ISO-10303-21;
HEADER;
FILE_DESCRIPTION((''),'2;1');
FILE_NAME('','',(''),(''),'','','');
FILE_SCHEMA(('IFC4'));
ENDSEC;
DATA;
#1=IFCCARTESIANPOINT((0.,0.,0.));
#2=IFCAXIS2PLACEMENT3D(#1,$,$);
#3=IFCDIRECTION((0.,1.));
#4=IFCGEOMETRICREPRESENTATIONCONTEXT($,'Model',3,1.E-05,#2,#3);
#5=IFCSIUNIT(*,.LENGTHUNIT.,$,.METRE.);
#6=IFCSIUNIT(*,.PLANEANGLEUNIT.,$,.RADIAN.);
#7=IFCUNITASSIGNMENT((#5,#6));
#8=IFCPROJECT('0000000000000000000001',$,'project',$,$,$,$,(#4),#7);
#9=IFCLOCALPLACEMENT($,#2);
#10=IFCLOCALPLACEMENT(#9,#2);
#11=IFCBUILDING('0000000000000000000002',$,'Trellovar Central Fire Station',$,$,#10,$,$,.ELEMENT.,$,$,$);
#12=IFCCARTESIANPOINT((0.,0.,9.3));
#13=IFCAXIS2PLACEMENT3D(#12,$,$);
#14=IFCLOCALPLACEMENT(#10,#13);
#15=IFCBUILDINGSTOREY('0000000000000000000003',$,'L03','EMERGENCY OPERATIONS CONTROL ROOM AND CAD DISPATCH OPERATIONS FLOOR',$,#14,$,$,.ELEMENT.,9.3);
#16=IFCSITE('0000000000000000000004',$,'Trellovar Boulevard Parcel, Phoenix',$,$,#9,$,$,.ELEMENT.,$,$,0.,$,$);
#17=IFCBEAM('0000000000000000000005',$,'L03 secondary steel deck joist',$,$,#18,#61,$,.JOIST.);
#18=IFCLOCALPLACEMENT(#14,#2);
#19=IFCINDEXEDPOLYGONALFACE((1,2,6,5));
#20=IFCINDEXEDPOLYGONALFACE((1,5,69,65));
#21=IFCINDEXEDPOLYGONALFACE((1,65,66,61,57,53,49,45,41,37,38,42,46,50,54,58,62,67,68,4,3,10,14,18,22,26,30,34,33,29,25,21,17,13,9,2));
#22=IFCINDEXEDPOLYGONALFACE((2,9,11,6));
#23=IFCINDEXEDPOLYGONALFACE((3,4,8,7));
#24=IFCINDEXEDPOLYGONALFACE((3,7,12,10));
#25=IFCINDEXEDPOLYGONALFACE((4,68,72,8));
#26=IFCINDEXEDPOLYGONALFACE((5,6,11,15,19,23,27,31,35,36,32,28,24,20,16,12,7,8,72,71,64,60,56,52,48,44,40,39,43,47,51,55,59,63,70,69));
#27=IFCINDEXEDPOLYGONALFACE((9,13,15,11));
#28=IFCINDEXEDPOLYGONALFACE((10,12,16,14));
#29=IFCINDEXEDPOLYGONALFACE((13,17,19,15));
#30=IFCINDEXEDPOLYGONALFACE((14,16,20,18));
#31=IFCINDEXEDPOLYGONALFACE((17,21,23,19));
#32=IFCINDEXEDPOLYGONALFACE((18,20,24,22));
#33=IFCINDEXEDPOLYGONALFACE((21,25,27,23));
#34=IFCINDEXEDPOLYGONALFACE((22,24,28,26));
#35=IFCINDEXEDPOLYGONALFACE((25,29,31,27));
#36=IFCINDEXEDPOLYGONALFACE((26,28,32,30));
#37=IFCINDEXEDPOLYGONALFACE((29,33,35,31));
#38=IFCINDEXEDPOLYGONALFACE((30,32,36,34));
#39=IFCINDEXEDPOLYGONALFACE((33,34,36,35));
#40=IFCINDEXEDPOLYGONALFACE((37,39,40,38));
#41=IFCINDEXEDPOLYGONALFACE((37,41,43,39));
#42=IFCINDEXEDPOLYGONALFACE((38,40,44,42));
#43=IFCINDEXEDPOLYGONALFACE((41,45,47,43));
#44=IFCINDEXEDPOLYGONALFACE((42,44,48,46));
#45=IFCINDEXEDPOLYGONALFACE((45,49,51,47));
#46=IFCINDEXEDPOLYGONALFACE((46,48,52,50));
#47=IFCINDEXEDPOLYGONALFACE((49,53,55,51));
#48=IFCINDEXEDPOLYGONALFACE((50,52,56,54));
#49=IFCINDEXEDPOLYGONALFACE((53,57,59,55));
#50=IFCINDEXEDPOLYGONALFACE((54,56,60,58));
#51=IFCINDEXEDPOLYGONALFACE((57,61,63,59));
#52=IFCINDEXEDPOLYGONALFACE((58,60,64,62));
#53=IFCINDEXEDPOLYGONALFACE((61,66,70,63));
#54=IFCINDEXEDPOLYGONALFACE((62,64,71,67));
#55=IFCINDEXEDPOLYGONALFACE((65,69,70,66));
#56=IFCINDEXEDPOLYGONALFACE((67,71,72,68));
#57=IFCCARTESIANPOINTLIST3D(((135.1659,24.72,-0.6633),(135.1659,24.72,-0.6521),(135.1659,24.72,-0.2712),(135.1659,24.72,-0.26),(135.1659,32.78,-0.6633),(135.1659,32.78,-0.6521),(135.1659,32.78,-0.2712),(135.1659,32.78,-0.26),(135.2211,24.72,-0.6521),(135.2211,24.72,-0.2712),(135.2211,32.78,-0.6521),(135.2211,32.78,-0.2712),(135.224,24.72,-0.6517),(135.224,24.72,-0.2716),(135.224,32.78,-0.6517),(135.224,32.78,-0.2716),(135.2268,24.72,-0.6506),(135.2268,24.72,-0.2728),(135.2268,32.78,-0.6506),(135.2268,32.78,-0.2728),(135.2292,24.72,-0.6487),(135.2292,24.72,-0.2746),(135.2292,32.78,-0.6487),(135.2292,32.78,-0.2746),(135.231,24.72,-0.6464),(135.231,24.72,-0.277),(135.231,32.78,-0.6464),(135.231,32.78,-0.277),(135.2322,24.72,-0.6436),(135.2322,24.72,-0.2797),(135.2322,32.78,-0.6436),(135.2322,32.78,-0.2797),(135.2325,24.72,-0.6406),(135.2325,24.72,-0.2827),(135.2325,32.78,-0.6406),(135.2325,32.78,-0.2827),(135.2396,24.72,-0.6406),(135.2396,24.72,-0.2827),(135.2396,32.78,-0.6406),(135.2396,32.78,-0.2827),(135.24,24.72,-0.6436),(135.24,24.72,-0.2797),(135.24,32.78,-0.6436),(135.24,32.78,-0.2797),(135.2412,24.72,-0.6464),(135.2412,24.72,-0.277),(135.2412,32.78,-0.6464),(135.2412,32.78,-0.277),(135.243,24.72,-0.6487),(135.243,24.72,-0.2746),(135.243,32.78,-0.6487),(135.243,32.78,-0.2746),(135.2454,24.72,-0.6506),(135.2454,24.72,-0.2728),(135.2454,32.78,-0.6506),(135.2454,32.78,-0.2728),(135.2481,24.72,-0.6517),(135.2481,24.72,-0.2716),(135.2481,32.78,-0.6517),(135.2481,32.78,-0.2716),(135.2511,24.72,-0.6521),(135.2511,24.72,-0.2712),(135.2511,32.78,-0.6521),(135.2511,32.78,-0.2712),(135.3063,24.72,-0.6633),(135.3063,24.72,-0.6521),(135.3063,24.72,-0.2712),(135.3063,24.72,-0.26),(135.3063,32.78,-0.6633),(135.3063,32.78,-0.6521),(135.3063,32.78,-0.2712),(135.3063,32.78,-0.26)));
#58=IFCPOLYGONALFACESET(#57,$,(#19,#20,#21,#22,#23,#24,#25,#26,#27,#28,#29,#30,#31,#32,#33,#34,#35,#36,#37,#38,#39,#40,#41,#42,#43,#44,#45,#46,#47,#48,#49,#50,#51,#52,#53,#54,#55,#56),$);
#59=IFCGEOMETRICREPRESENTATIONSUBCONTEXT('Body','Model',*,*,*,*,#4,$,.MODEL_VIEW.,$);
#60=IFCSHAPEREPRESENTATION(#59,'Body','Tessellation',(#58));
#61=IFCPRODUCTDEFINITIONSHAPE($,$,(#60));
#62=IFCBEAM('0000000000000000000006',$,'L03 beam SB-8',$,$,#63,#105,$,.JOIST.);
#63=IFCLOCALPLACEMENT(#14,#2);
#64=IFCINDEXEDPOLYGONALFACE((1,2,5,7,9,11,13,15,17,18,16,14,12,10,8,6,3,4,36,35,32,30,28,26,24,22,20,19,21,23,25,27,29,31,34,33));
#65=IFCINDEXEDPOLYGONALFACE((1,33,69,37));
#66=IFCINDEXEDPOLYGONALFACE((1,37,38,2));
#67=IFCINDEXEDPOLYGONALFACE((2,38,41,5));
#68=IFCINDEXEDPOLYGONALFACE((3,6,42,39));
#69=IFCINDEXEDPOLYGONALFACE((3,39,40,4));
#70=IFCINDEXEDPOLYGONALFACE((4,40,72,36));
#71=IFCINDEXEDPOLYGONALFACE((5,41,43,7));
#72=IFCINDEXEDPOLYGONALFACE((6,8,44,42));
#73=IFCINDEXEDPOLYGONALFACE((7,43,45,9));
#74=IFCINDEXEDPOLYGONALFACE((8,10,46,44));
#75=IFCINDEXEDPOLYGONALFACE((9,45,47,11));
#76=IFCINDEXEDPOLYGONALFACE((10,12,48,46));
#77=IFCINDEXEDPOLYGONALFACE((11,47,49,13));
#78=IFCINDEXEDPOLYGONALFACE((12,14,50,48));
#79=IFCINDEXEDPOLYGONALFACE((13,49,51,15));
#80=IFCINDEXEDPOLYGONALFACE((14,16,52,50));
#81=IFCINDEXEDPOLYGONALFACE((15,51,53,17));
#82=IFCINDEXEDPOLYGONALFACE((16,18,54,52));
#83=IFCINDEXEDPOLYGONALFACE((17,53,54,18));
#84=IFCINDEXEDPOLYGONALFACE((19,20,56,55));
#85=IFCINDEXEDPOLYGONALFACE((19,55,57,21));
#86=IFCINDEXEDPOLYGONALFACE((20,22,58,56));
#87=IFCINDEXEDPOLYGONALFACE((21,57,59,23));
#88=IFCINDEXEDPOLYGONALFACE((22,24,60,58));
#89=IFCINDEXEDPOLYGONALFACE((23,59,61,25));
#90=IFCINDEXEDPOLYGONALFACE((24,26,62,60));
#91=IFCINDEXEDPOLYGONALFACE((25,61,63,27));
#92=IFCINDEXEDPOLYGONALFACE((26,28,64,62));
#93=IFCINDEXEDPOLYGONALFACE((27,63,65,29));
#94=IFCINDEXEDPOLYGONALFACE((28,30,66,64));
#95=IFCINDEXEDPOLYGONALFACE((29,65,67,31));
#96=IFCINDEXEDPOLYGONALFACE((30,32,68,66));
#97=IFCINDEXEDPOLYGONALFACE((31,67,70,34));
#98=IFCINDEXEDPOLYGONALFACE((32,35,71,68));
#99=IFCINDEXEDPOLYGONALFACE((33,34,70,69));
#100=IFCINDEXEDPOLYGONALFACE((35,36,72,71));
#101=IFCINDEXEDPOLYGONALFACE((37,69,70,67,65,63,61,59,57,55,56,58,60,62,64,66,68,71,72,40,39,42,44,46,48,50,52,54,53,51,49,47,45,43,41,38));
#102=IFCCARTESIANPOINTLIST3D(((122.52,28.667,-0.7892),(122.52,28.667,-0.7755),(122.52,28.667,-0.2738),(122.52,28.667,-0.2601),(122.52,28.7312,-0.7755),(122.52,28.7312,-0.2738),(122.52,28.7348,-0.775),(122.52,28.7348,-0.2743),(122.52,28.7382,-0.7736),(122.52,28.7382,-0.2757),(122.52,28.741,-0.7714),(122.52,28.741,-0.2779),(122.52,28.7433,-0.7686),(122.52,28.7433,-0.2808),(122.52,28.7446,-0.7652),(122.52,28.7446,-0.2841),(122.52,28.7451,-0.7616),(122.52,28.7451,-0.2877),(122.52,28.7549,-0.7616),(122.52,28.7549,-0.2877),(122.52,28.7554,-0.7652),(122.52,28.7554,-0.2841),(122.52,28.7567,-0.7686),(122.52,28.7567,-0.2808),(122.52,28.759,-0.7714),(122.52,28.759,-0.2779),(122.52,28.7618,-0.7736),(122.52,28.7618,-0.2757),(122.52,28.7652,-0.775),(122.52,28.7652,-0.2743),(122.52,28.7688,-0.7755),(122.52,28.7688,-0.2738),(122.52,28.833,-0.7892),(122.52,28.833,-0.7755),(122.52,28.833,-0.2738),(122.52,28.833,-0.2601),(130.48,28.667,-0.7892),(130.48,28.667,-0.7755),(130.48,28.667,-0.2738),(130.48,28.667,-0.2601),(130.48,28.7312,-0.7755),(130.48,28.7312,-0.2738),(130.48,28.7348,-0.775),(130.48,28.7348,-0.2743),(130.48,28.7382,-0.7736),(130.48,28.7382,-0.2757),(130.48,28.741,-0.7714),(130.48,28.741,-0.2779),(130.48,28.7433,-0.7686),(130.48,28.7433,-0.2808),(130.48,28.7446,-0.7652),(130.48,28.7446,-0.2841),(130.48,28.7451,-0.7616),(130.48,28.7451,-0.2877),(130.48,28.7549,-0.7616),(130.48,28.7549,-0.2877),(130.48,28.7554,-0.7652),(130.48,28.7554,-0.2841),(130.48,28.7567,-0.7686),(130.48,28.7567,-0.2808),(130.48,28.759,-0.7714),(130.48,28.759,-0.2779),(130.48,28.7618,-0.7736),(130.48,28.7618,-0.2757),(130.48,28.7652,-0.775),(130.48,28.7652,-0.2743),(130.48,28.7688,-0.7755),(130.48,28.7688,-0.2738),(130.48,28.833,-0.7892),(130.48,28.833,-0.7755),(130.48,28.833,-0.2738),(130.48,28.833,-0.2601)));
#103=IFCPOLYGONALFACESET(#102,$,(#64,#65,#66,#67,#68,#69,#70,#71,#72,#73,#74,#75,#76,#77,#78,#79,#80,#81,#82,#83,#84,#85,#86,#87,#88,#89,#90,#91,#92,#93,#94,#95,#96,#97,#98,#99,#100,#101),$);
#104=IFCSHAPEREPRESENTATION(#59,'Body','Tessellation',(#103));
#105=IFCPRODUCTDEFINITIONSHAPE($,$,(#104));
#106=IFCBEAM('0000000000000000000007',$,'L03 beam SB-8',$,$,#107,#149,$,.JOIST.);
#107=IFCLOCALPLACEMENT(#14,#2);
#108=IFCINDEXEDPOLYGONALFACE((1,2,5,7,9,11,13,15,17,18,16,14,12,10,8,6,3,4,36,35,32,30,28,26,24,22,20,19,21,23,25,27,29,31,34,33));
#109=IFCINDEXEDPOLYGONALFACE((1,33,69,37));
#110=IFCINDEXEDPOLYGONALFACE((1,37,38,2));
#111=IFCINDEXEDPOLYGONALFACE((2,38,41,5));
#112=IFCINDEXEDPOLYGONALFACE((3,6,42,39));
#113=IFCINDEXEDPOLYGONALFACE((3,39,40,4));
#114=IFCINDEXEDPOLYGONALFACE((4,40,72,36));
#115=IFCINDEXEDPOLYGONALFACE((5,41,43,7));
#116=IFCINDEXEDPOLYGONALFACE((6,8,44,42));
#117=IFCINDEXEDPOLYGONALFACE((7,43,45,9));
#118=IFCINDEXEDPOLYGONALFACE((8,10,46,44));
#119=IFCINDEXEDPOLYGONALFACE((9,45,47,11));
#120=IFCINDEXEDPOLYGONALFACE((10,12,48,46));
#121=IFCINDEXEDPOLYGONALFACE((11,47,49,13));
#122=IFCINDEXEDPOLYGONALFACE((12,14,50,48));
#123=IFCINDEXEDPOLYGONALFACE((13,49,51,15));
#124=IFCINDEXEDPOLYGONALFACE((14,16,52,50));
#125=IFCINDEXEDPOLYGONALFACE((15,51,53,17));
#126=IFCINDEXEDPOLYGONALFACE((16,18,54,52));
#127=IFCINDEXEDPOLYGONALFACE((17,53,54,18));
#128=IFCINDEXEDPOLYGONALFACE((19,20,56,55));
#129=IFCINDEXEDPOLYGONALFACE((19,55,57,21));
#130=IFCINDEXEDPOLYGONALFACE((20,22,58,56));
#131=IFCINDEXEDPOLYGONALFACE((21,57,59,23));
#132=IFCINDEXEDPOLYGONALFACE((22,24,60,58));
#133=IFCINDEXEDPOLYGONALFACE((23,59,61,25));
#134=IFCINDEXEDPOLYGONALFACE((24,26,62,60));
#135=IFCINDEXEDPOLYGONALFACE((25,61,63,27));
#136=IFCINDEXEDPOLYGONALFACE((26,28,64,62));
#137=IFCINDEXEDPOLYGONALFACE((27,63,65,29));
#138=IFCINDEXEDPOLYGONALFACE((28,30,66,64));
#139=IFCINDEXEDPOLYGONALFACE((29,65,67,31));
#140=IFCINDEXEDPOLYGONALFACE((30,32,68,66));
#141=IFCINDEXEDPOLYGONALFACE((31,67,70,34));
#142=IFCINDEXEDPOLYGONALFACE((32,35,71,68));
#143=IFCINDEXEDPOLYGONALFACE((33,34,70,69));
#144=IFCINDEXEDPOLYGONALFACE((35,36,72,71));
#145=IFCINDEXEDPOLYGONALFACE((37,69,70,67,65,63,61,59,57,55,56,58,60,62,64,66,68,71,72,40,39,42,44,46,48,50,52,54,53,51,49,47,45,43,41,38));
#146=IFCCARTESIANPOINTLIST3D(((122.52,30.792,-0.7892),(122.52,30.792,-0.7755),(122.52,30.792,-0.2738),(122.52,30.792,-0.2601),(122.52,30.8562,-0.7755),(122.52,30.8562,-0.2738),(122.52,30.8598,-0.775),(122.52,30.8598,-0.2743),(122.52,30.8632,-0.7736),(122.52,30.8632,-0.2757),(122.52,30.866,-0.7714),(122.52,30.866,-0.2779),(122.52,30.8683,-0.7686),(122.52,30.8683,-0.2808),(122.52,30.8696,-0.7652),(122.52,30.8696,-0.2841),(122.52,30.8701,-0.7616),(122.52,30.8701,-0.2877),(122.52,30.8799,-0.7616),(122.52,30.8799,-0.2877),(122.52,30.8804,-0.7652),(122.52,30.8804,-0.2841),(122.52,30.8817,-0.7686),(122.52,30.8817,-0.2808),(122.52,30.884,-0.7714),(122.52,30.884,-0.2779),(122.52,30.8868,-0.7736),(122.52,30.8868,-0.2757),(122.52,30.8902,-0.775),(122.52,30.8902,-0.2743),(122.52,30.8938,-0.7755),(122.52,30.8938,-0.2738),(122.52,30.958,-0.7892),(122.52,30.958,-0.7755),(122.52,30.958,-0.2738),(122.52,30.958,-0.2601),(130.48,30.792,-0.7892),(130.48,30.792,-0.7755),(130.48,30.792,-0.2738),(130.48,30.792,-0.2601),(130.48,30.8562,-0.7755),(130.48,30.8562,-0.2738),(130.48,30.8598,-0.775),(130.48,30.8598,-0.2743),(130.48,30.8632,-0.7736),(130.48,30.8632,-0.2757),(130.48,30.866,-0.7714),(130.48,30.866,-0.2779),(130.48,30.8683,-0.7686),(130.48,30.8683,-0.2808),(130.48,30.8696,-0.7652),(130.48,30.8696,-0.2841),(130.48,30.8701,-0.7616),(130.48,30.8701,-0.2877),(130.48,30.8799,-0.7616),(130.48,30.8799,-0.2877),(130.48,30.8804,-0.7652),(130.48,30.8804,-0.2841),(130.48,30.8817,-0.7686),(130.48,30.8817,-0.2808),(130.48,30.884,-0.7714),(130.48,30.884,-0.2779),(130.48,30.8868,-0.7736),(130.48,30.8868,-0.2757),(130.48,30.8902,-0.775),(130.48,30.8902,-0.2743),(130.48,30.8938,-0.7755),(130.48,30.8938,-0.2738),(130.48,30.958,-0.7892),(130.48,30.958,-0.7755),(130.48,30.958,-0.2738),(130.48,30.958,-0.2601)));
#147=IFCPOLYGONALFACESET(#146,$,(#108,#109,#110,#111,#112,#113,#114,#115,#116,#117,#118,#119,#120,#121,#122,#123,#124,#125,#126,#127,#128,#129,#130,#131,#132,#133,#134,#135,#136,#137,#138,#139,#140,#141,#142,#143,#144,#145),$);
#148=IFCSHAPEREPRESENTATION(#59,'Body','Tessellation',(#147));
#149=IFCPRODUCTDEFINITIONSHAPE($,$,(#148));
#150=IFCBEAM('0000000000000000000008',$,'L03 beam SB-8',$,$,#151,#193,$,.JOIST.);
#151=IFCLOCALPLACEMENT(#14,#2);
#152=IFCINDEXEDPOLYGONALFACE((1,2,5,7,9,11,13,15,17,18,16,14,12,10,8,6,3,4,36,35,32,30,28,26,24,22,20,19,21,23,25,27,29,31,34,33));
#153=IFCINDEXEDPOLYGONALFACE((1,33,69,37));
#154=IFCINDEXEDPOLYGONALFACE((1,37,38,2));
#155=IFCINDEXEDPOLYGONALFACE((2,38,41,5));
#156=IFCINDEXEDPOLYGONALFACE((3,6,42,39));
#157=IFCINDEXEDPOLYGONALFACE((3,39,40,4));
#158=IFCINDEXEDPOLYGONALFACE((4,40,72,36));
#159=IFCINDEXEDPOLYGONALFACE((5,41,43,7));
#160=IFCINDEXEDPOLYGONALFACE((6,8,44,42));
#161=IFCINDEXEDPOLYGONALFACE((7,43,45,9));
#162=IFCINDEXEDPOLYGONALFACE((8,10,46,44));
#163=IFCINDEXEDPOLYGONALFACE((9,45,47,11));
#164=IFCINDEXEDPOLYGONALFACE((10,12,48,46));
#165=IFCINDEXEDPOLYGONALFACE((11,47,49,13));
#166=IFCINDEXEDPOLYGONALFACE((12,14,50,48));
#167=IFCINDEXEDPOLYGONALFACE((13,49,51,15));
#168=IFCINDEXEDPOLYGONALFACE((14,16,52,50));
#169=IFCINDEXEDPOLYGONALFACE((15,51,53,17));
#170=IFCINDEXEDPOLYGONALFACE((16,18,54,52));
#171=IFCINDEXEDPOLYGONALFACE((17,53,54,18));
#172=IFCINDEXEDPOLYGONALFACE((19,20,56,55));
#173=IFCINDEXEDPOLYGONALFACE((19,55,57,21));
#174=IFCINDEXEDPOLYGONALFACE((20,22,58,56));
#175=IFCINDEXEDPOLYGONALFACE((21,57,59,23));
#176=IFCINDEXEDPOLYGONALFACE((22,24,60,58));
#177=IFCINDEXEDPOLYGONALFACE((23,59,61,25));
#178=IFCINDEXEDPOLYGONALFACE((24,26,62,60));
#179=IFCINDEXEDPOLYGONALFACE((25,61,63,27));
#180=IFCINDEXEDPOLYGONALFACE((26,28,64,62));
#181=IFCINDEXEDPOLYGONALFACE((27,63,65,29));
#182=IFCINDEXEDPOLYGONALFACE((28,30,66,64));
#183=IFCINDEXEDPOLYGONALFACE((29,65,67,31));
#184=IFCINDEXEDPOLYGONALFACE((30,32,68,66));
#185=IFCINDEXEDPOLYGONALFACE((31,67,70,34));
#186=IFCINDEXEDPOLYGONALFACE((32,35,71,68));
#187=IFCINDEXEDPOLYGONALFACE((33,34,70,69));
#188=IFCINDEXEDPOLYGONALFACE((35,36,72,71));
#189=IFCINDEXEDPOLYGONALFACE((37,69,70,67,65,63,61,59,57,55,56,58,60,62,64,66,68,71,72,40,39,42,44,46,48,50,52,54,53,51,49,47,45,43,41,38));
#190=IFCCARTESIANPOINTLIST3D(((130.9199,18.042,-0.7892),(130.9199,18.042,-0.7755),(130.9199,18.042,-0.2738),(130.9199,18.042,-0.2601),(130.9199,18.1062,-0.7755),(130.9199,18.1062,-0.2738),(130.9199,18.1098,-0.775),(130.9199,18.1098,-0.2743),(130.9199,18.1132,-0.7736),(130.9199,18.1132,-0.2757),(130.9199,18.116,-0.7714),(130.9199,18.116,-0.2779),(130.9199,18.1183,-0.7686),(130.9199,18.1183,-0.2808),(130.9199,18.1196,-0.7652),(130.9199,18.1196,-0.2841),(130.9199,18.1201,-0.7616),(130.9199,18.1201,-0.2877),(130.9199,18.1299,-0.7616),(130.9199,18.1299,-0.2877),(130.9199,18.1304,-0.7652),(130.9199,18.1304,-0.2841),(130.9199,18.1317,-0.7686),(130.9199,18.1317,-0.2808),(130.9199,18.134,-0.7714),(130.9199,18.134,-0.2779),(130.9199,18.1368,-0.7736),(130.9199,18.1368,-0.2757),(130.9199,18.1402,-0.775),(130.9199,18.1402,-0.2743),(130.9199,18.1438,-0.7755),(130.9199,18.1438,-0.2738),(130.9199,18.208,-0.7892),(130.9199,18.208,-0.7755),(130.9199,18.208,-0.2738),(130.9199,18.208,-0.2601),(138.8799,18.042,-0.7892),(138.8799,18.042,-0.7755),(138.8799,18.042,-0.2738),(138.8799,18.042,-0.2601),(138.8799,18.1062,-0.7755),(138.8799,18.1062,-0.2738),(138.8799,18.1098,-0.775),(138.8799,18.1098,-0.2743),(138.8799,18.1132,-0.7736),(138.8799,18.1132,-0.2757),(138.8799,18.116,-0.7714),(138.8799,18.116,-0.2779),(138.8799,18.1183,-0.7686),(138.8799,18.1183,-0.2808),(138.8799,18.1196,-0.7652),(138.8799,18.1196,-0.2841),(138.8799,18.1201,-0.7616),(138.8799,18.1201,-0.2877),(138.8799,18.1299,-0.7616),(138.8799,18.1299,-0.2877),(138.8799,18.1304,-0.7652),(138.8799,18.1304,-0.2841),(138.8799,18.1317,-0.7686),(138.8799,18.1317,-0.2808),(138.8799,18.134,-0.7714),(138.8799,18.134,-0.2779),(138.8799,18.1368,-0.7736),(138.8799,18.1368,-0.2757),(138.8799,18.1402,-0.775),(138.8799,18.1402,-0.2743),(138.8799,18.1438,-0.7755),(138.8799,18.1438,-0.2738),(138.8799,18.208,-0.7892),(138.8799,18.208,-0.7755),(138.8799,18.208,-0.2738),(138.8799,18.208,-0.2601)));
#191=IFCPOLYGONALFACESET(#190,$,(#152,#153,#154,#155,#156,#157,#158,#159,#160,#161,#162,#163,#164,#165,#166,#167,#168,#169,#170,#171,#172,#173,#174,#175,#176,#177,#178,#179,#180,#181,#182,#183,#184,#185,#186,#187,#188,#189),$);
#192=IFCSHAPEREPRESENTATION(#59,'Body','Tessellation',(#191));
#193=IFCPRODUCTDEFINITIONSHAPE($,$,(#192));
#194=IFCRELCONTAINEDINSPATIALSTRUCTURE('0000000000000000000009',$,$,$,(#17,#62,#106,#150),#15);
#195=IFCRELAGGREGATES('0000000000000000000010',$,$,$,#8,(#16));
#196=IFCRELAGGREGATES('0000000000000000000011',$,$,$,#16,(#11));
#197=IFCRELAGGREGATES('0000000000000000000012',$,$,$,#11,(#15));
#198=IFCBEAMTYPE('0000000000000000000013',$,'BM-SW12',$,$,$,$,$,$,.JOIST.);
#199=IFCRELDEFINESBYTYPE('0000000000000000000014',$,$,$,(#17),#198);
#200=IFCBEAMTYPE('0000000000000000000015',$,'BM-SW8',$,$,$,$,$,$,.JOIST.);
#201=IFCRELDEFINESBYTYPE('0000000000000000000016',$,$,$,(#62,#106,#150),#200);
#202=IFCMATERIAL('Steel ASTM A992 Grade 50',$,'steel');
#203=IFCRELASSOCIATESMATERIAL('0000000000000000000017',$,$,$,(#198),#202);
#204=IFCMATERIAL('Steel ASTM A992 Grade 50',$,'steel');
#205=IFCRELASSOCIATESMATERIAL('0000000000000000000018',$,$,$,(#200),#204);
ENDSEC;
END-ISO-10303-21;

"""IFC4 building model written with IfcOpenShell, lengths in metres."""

from ifc_helpers import new_model, si_unit, direction, frame, origin, origin_2d, place, context, subcontext, project, spatial, i_section, extrude, material, material_profile, profile_set, type_object, element, save


model = new_model("IFC4")

# Units and contexts
model_context = context("Model", 3, precision=1e-05, world=origin(), true_north=direction((0.0, 1.0)))
body_context = subcontext(model_context, "Body", "Model", "MODEL_VIEW")
ifc_project = project(units=[si_unit("LENGTHUNIT", "METRE"), si_unit("PLANEANGLEUNIT", "RADIAN")], contexts=[model_context])

# Site, building, storey
site_placement = place(None, origin())
site = spatial("IfcSite", under=ifc_project, at=site_placement, Name="Trellovar Boulevard Parcel, Phoenix", CompositionType="ELEMENT", RefElevation=0.0)
building_placement = place(site_placement, origin())
building = spatial("IfcBuilding", under=site, at=building_placement, Name="Trellovar Central Fire Station", CompositionType="ELEMENT")
storey_placement = place(building_placement, frame((0.0, 0.0, 9.3)))
storey = spatial("IfcBuildingStorey", under=building, at=storey_placement, Name="L03", Description="EMERGENCY OPERATIONS CONTROL ROOM AND CAD DISPATCH OPERATIONS FLOOR", CompositionType="ELEMENT", Elevation=9.3)

# Beams
ifc_material_1 = material(Name="Steel ASTM A992 Grade 50", Category="steel")
ifc_material_profile_1 = material_profile(ifc_material_1, i_section(OverallWidth=0.1404, OverallDepth=0.4033, WebThickness=0.0071, FlangeThickness=0.0112, FilletRadius=0.0115, at=origin_2d()), Name="W16X31")
ifc_profile_set_1 = profile_set([ifc_material_profile_1], Name="Steel ASTM A992 Grade 50")
beam_type_1 = type_object("IfcBeamType", Name="BM-SW12", PredefinedType="JOIST", material=ifc_profile_set_1)
for number, where, z_axis, x_axis, name in (
    (1, (135.2361, 24.72, -0.4617), (0.0, 1.0, 0.0), (-1.0, 0.0, 0.0), "L03 secondary steel deck joist"),
):
    element("IfcBeam", number, at=place(storey_placement, frame(where, z_axis=z_axis, x_axis=x_axis)), inside=storey, type_object=beam_type_1, Name=name, PredefinedType="JOIST", context=body_context, shape_type="SweptSolid", body=[
        extrude(i_section(OverallWidth=0.1404, OverallDepth=0.4033, WebThickness=0.0071, FlangeThickness=0.0112, FilletRadius=0.0115, at=origin_2d()), origin(), (0.0, 0.0, 1.0), 8.0601),
    ])
ifc_material_2 = material(Name="Steel ASTM A992 Grade 50", Category="steel")
ifc_material_profile_2 = material_profile(ifc_material_2, i_section(OverallWidth=0.166, OverallDepth=0.5291, WebThickness=0.0098, FlangeThickness=0.0137, FilletRadius=0.0139, at=origin_2d()), Name="W21X50")
ifc_profile_set_2 = profile_set([ifc_material_profile_2], Name="Steel ASTM A992 Grade 50")
beam_type_2 = type_object("IfcBeamType", Name="BM-SW8", PredefinedType="JOIST", material=ifc_profile_set_2)
for number, where, z_axis, x_axis, name in (
    (2, (122.52, 28.75, -0.5247), (1.0, 0.0, 0.0), (0.0, 1.0, 0.0), "L03 beam SB-8"),
    (3, (122.52, 30.875, -0.5247), (1.0, 0.0, 0.0), (0.0, 1.0, 0.0), "L03 beam SB-8"),
    (4, (130.9199, 18.125, -0.5247), (1.0, 0.0, 0.0), (0.0, 1.0, 0.0), "L03 beam SB-8"),
):
    element("IfcBeam", number, at=place(storey_placement, frame(where, z_axis=z_axis, x_axis=x_axis)), inside=storey, type_object=beam_type_2, Name=name, PredefinedType="JOIST", context=body_context, shape_type="SweptSolid", body=[
        extrude(i_section(OverallWidth=0.166, OverallDepth=0.5291, WebThickness=0.0098, FlangeThickness=0.0137, FilletRadius=0.0139, at=origin_2d()), origin(), (0.0, 0.0, 1.0), 7.96),
    ])

save(model, "model.ifc")
